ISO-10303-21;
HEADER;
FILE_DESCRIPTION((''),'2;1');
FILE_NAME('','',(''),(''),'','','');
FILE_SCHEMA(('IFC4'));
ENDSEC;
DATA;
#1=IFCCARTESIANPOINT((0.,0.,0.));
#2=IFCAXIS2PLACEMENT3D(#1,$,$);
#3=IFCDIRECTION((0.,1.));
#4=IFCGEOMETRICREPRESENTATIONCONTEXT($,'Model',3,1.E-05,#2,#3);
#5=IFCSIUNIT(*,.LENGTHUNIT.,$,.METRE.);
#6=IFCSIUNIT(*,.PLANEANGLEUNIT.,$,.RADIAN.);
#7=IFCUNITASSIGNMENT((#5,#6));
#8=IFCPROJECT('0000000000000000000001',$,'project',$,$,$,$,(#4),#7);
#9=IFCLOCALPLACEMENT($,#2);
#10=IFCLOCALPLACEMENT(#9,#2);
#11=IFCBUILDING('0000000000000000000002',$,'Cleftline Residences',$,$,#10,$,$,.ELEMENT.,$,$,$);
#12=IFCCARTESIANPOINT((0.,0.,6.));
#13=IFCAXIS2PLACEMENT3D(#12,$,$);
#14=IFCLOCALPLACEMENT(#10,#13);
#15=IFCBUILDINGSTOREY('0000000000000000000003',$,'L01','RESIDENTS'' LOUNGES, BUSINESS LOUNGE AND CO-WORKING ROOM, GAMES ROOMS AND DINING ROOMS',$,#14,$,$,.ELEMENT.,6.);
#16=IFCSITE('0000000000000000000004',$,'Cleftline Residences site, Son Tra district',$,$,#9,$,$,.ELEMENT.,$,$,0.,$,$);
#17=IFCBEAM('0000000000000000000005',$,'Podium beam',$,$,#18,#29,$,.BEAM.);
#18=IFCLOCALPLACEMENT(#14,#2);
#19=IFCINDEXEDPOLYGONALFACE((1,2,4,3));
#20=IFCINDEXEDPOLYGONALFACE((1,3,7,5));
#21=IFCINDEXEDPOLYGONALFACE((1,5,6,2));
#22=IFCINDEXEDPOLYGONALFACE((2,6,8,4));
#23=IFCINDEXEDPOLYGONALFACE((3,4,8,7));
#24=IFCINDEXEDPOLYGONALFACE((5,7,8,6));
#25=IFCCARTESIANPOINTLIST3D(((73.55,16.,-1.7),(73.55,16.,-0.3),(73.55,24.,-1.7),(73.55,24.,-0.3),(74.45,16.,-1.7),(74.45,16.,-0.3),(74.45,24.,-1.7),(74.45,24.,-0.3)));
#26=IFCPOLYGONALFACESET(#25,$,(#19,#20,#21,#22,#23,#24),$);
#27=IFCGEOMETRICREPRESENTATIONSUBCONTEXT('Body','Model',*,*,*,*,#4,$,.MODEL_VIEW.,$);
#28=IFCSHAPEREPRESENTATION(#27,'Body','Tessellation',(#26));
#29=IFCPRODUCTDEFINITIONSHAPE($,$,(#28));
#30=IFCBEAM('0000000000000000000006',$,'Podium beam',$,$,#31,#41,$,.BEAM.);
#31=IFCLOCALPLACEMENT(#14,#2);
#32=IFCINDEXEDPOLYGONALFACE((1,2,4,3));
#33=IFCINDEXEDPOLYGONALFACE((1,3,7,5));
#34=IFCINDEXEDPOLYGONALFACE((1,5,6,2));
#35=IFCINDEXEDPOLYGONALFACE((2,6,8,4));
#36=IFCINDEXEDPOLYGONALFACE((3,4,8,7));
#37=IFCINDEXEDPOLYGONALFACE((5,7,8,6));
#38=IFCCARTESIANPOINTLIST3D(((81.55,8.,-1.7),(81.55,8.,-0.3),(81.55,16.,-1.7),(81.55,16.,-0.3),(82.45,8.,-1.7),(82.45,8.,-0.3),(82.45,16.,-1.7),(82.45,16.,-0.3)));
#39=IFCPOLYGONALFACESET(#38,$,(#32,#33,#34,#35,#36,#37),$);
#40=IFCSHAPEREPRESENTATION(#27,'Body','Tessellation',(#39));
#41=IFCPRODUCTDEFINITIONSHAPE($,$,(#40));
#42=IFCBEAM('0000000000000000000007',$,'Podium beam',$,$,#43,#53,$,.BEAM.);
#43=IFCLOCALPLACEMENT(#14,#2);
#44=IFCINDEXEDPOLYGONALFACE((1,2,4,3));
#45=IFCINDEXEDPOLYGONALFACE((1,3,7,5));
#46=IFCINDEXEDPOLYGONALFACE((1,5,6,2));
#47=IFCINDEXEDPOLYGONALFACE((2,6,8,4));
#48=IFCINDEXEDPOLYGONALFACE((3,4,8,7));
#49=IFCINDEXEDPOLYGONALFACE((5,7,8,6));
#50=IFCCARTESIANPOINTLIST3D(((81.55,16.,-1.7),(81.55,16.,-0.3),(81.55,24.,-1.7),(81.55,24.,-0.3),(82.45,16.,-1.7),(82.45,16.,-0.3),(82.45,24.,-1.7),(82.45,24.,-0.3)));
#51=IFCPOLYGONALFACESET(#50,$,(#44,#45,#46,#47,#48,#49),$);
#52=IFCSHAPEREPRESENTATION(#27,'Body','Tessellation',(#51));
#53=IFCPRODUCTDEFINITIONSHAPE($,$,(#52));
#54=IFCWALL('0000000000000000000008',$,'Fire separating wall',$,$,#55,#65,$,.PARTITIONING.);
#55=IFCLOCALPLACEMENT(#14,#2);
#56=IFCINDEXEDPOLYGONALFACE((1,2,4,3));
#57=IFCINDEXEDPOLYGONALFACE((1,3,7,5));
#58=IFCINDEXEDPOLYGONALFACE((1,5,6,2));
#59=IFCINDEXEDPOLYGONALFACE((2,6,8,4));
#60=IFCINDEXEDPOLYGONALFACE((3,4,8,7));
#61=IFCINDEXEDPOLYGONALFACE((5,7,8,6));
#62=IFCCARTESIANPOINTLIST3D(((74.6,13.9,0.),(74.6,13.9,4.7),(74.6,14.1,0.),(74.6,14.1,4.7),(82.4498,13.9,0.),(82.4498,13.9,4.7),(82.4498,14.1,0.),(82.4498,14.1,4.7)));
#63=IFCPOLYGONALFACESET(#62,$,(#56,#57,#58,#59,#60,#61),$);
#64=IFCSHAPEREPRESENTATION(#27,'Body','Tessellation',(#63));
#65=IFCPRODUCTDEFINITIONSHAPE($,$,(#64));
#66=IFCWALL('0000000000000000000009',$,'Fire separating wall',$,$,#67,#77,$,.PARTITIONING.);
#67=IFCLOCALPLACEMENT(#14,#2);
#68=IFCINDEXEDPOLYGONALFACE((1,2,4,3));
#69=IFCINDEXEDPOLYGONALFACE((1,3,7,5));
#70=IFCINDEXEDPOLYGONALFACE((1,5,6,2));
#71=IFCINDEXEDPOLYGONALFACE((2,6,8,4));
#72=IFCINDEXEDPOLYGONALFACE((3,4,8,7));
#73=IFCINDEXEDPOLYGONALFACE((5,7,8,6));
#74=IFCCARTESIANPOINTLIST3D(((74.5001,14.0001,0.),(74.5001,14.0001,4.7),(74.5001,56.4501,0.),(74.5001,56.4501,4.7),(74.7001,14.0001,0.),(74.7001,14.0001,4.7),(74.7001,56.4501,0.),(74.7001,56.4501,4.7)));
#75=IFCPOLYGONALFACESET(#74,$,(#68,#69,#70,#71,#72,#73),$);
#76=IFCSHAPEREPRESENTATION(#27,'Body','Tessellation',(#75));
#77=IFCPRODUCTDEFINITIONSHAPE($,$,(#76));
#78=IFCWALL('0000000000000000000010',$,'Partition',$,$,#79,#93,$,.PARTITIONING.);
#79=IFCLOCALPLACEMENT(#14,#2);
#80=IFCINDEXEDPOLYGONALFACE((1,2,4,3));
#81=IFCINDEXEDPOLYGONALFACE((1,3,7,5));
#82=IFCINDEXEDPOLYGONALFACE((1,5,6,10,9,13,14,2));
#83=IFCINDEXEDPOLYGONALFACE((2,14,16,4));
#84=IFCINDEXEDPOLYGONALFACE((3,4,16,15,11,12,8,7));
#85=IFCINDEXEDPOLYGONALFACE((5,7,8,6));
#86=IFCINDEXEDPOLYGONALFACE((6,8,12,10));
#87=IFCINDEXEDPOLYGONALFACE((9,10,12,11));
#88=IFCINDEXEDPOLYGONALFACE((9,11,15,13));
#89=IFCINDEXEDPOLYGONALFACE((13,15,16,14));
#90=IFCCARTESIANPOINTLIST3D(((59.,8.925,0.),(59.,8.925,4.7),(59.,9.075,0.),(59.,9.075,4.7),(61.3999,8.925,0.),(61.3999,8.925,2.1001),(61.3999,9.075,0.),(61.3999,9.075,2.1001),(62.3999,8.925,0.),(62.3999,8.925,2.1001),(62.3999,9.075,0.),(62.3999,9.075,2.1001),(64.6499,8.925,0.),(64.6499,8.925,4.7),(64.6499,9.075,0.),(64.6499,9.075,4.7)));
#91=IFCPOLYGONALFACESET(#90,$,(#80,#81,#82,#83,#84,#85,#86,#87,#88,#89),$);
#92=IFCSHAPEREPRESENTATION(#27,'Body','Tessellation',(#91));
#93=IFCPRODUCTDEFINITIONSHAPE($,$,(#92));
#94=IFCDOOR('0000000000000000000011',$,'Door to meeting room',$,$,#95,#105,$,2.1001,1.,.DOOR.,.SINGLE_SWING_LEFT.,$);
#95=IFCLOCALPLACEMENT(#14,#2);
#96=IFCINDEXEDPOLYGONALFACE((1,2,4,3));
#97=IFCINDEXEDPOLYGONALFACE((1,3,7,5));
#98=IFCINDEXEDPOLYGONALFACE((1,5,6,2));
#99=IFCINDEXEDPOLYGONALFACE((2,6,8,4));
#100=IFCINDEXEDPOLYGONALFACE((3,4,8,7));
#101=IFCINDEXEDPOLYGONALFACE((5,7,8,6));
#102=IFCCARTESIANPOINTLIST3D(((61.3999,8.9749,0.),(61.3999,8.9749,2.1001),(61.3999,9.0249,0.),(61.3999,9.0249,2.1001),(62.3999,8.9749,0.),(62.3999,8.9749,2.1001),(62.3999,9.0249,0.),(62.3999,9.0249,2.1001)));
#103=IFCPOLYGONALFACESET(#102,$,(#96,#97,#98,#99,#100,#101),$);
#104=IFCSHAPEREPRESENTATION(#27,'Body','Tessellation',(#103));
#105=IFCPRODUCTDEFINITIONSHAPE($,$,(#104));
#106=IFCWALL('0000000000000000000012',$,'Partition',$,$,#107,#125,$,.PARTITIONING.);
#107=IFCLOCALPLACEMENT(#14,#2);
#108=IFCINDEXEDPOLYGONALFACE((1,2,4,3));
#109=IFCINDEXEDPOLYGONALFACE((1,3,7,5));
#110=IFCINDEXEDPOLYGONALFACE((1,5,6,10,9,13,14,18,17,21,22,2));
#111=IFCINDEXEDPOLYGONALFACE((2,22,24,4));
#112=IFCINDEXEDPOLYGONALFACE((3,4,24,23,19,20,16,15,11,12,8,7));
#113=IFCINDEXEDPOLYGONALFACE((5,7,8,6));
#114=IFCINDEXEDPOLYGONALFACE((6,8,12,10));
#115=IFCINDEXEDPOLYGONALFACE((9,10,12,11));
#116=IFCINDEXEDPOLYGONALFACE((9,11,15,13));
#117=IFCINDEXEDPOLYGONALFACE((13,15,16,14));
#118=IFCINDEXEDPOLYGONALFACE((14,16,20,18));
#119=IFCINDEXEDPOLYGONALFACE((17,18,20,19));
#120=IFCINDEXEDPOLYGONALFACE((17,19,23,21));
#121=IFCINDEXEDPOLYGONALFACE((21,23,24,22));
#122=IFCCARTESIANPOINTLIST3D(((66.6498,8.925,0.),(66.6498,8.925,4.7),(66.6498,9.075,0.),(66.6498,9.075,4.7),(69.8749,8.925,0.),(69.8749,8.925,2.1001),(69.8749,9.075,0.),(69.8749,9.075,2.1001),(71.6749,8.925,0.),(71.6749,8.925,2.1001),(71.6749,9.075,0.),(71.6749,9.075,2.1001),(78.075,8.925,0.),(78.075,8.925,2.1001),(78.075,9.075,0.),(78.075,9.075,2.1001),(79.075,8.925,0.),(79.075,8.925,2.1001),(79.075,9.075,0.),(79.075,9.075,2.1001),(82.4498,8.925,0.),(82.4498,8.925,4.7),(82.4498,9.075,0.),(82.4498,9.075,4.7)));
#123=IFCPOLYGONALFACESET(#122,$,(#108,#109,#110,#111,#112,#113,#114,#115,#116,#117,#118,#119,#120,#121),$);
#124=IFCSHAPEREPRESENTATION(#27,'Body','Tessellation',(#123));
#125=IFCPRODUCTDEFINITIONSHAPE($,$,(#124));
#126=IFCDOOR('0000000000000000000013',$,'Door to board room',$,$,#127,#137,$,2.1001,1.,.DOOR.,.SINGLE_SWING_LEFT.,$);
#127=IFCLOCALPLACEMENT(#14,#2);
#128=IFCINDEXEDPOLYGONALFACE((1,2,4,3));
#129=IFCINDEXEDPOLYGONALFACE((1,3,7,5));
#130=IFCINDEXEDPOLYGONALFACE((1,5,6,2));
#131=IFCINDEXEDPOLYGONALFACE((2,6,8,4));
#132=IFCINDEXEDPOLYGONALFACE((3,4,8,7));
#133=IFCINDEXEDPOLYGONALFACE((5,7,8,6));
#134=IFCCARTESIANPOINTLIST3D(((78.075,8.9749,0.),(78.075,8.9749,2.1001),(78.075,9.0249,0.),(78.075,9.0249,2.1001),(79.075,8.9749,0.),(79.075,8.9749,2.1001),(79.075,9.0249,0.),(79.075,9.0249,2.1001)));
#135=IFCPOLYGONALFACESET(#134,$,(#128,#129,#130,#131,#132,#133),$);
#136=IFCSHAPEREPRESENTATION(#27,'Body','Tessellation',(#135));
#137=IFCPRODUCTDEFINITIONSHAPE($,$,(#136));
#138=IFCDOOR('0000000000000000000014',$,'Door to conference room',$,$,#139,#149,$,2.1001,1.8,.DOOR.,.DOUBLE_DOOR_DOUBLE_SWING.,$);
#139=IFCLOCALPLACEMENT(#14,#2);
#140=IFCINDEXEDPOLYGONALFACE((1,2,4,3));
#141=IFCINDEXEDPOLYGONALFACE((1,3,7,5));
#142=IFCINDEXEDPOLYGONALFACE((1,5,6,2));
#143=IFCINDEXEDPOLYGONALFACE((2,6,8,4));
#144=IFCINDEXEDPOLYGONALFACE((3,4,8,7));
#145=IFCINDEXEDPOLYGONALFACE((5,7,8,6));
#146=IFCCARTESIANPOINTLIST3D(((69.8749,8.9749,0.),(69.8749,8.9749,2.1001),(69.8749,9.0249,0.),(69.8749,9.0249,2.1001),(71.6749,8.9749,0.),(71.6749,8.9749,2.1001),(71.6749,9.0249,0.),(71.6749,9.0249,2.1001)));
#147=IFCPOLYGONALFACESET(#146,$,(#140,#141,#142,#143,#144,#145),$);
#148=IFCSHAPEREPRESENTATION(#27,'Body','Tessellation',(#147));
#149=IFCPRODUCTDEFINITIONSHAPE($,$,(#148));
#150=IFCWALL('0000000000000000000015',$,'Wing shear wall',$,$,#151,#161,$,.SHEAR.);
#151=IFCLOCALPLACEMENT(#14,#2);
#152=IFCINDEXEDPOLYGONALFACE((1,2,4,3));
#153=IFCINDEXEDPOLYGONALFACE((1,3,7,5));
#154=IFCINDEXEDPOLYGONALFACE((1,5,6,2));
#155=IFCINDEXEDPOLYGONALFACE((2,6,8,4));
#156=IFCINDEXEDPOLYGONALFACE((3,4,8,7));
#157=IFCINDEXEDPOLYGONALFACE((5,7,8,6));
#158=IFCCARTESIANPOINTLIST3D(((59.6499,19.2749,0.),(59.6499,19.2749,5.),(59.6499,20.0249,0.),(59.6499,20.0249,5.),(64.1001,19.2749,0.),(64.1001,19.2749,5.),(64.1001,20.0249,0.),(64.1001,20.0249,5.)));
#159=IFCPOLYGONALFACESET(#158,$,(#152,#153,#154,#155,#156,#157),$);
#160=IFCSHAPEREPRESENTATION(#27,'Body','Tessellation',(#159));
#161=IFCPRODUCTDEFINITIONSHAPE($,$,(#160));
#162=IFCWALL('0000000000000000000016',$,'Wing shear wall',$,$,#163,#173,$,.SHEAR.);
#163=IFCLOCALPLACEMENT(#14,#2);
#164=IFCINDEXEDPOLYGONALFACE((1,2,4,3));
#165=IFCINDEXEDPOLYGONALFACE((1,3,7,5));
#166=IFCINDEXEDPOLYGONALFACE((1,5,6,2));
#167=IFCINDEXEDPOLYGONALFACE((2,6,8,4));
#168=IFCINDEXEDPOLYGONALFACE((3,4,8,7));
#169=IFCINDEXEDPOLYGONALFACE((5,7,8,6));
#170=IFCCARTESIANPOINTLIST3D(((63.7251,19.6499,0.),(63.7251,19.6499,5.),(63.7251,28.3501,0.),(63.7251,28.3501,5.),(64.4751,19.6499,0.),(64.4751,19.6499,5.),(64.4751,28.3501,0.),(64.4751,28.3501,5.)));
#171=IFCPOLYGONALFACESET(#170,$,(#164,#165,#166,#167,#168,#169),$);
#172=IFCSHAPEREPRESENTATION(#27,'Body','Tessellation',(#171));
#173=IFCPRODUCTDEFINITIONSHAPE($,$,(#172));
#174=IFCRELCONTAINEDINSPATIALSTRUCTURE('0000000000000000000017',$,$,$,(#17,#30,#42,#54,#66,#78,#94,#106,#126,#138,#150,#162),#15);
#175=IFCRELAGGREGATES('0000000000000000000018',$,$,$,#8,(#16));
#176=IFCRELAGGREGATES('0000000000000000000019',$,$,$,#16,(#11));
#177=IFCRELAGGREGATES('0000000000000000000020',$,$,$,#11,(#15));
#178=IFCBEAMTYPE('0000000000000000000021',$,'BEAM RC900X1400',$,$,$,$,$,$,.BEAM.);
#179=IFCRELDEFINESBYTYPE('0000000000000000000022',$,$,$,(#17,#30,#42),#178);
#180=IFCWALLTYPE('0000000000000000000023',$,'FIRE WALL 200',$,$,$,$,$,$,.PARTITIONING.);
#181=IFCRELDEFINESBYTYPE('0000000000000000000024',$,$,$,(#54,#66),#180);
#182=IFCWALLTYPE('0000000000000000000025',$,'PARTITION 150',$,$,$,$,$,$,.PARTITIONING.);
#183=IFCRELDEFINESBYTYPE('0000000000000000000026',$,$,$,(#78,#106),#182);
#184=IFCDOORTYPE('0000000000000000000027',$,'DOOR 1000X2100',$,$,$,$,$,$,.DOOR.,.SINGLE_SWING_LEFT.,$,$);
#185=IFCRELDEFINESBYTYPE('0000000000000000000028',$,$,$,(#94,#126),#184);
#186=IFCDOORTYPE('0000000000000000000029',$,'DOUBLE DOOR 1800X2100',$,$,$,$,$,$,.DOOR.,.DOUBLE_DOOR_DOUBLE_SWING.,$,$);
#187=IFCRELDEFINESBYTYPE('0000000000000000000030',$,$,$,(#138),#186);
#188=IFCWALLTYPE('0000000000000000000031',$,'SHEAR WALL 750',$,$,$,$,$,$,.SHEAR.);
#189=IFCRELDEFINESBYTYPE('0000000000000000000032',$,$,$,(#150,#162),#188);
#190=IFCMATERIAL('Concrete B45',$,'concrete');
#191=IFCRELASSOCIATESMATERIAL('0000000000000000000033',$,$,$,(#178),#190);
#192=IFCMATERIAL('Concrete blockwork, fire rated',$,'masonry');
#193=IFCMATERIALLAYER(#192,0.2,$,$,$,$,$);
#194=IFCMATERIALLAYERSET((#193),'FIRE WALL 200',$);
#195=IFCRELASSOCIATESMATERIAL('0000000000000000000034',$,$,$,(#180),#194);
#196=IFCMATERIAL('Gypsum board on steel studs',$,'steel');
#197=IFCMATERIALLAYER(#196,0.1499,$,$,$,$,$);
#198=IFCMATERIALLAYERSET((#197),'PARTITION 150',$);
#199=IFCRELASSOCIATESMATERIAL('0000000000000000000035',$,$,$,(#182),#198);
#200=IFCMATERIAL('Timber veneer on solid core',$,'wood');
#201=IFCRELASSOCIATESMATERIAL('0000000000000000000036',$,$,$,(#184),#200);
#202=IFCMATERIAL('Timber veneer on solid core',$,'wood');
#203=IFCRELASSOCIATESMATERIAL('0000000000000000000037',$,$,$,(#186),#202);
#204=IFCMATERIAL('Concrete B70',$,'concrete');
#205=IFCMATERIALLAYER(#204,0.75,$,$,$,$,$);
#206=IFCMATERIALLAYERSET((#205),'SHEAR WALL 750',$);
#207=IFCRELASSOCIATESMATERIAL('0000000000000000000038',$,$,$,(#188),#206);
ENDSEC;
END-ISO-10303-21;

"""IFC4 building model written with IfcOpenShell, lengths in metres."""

from ifc_helpers import new_model, si_unit, direction, frame, frame_2d, origin, origin_2d, place, context, subcontext, project, spatial, rectangle, extrude, material, layer, layer_set, material_profile, profile_set, type_object, element, fill, save


model = new_model("IFC4")

# Units and contexts
model_context = context("Model", 3, precision=1e-05, world=origin(), true_north=direction((0.0, 1.0)))
body_context = subcontext(model_context, "Body", "Model", "MODEL_VIEW")
ifc_project = project(units=[si_unit("LENGTHUNIT", "METRE"), si_unit("PLANEANGLEUNIT", "RADIAN")], contexts=[model_context])

# Site, building, storey
site_placement = place(None, origin())
site = spatial("IfcSite", under=ifc_project, at=site_placement, Name="Cleftline Residences site, Son Tra district", CompositionType="ELEMENT", RefElevation=0.0)
building_placement = place(site_placement, origin())
building = spatial("IfcBuilding", under=site, at=building_placement, Name="Cleftline Residences", CompositionType="ELEMENT")
storey_placement = place(building_placement, frame((0.0, 0.0, 6.0)))
storey = spatial("IfcBuildingStorey", under=building, at=storey_placement, Name="L01", Description="RESIDENTS' LOUNGES, BUSINESS LOUNGE AND CO-WORKING ROOM, GAMES ROOMS AND DINING ROOMS", CompositionType="ELEMENT", Elevation=6.0)

# Beams
ifc_material_1 = material(Name="Concrete B45", Category="concrete")
ifc_material_profile_1 = material_profile(ifc_material_1, rectangle(XDim=0.8999, YDim=1.3999, at=origin_2d()))
ifc_profile_set_1 = profile_set([ifc_material_profile_1], Name="Concrete B45")
beam_type = type_object("IfcBeamType", Name="BEAM RC900X1400", PredefinedType="BEAM", material=ifc_profile_set_1)
for number, where, z_axis, x_axis, name in (
    (1, (74.0, 16.0, -1.0), (0.0, 1.0, 0.0), (-1.0, 0.0, 0.0), "Podium beam"),
    (2, (82.0, 8.0, -1.0), (0.0, 1.0, 0.0), (-1.0, 0.0, 0.0), "Podium beam"),
    (3, (82.0, 16.0, -1.0), (0.0, 1.0, 0.0), (-1.0, 0.0, 0.0), "Podium beam"),
):
    element("IfcBeam", number, at=place(storey_placement, frame(where, z_axis=z_axis, x_axis=x_axis)), inside=storey, type_object=beam_type, Name=name, PredefinedType="BEAM", context=body_context, shape_type="SweptSolid", body=[
        extrude(rectangle(XDim=0.8999, YDim=1.3999, at=origin_2d()), origin(), (0.0, 0.0, 1.0), 8.0),
    ])

# Walls
ifc_material_2 = material(Name="Concrete blockwork, fire rated", Category="masonry")
ifc_layer_1 = layer(ifc_material_2, 0.2)
ifc_layer_set_1 = layer_set([ifc_layer_1], Name="FIRE WALL 200")
wall_type_1 = type_object("IfcWallType", Name="FIRE WALL 200", PredefinedType="PARTITIONING", material=ifc_layer_set_1)
wall_1_placement = place(storey_placement, frame((74.6001, 14.0, 0.0), z_axis=(0.0, 0.0, 1.0), x_axis=(1.0, 0.0, 0.0)))
element("IfcWall", 4, at=wall_1_placement, inside=storey, type_object=wall_type_1, Name="Fire separating wall", PredefinedType="PARTITIONING", context=body_context, shape_type="SweptSolid", body=[
    extrude(rectangle(XDim=7.8499, YDim=0.2, at=frame_2d((3.9248, 0.0))), origin(), (0.0, 0.0, 1.0), 4.7),
])
wall_2_placement = place(storey_placement, frame((74.6001, 14.0, 0.0), z_axis=(0.0, 0.0, 1.0), x_axis=(0.0, 1.0, 0.0)))
element("IfcWall", 5, at=wall_2_placement, inside=storey, type_object=wall_type_1, Name="Fire separating wall", PredefinedType="PARTITIONING", context=body_context, shape_type="SweptSolid", body=[
    extrude(rectangle(XDim=42.45, YDim=0.2, at=frame_2d((21.2251, 0.0))), origin(), (0.0, 0.0, 1.0), 4.7),
])

# Wall, opening, door
ifc_material_3 = material(Name="Gypsum board on steel studs", Category="steel")
ifc_layer_2 = layer(ifc_material_3, 0.1499)
ifc_layer_set_2 = layer_set([ifc_layer_2], Name="PARTITION 150")
wall_type_2 = type_object("IfcWallType", Name="PARTITION 150", PredefinedType="PARTITIONING", material=ifc_layer_set_2)
wall_3_placement = place(storey_placement, frame((59.0, 9.0, 0.0), z_axis=(0.0, 0.0, 1.0), x_axis=(1.0, 0.0, 0.0)))
wall_3 = element("IfcWall", 6, at=wall_3_placement, inside=storey, type_object=wall_type_2, Name="Partition", PredefinedType="PARTITIONING", context=body_context, shape_type="SweptSolid", body=[
    extrude(rectangle(XDim=5.6499, YDim=0.1499, at=frame_2d((2.825, 0.0))), origin(), (0.0, 0.0, 1.0), 4.7),
])
opening_1_placement = place(wall_3_placement, frame((2.3999, 0.0, 0.0)))
opening_1 = element("IfcOpeningElement", 7, at=opening_1_placement, cuts=wall_3, PredefinedType="OPENING", context=body_context, shape_type="SweptSolid", body=[
    extrude(rectangle(XDim=1.0, YDim=2.1001, at=frame_2d((0.5, 1.05))), frame((0.0, 0.085, 0.0), z_axis=(0.0, -1.0, 0.0), x_axis=(1.0, 0.0, 0.0)), (0.0, 0.0, 1.0), 0.1699),
])
ifc_material_4 = material(Name="Timber veneer on solid core", Category="wood")
door_type_1 = type_object("IfcDoorType", Name="DOOR 1000X2100", OperationType="SINGLE_SWING_LEFT", PredefinedType="DOOR", material=ifc_material_4)
door_1_placement = place(opening_1_placement, origin())
door_1 = element("IfcDoor", 8, at=door_1_placement, inside=storey, type_object=door_type_1, Name="Door to meeting room", OperationType="SINGLE_SWING_LEFT", OverallHeight=2.1001, OverallWidth=1.0, PredefinedType="DOOR", context=body_context, shape_type="SweptSolid", body=[
    extrude(rectangle(XDim=1.0, YDim=2.1001, at=frame_2d((0.5, 1.05))), frame((0.0, 0.0249, 0.0), z_axis=(0.0, -1.0, 0.0), x_axis=(1.0, 0.0, 0.0)), (0.0, 0.0, 1.0), 0.05),
])
fill(opening_1, door_1)

# Wall, openings, doors
wall_4_placement = place(storey_placement, frame((66.6499, 9.0, 0.0), z_axis=(0.0, 0.0, 1.0), x_axis=(1.0, 0.0, 0.0)))
wall_4 = element("IfcWall", 9, at=wall_4_placement, inside=storey, type_object=wall_type_2, Name="Partition", PredefinedType="PARTITIONING", context=body_context, shape_type="SweptSolid", body=[
    extrude(rectangle(XDim=15.8, YDim=0.1499, at=frame_2d((7.8999, 0.0))), origin(), (0.0, 0.0, 1.0), 4.7),
])
opening_2_placement = place(wall_4_placement, frame((3.2251, 0.0, 0.0)))
opening_2 = element("IfcOpeningElement", 10, at=opening_2_placement, cuts=wall_4, PredefinedType="OPENING", context=body_context, shape_type="SweptSolid", body=[
    extrude(rectangle(XDim=1.8, YDim=2.1001, at=frame_2d((0.8999, 1.05))), frame((0.0, 0.085, 0.0), z_axis=(0.0, -1.0, 0.0), x_axis=(1.0, 0.0, 0.0)), (0.0, 0.0, 1.0), 0.1699),
])
opening_3_placement = place(wall_4_placement, frame((11.425, 0.0, 0.0)))
opening_3 = element("IfcOpeningElement", 11, at=opening_3_placement, cuts=wall_4, PredefinedType="OPENING", context=body_context, shape_type="SweptSolid", body=[
    extrude(rectangle(XDim=1.0, YDim=2.1001, at=frame_2d((0.5, 1.05))), frame((0.0, 0.085, 0.0), z_axis=(0.0, -1.0, 0.0), x_axis=(1.0, 0.0, 0.0)), (0.0, 0.0, 1.0), 0.1699),
])
door_2_placement = place(opening_3_placement, origin())
door_2 = element("IfcDoor", 12, at=door_2_placement, inside=storey, type_object=door_type_1, Name="Door to board room", OperationType="SINGLE_SWING_LEFT", OverallHeight=2.1001, OverallWidth=1.0, PredefinedType="DOOR", context=body_context, shape_type="SweptSolid", body=[
    extrude(rectangle(XDim=1.0, YDim=2.1001, at=frame_2d((0.5, 1.05))), frame((0.0, 0.0249, 0.0), z_axis=(0.0, -1.0, 0.0), x_axis=(1.0, 0.0, 0.0)), (0.0, 0.0, 1.0), 0.05),
])
fill(opening_3, door_2)
ifc_material_5 = material(Name="Timber veneer on solid core", Category="wood")
door_type_2 = type_object("IfcDoorType", Name="DOUBLE DOOR 1800X2100", OperationType="DOUBLE_DOOR_DOUBLE_SWING", PredefinedType="DOOR", material=ifc_material_5)
door_3_placement = place(opening_2_placement, origin())
door_3 = element("IfcDoor", 13, at=door_3_placement, inside=storey, type_object=door_type_2, Name="Door to conference room", OperationType="DOUBLE_DOOR_DOUBLE_SWING", OverallHeight=2.1001, OverallWidth=1.8, PredefinedType="DOOR", context=body_context, shape_type="SweptSolid", body=[
    extrude(rectangle(XDim=1.8, YDim=2.1001, at=frame_2d((0.8999, 1.05))), frame((0.0, 0.0249, 0.0), z_axis=(0.0, -1.0, 0.0), x_axis=(1.0, 0.0, 0.0)), (0.0, 0.0, 1.0), 0.05),
])
fill(opening_2, door_3)

# Walls
ifc_material_6 = material(Name="Concrete B70", Category="concrete")
ifc_layer_3 = layer(ifc_material_6, 0.75)
ifc_layer_set_3 = layer_set([ifc_layer_3], Name="SHEAR WALL 750")
wall_type_3 = type_object("IfcWallType", Name="SHEAR WALL 750", PredefinedType="SHEAR", material=ifc_layer_set_3)
wall_5_placement = place(storey_placement, frame((59.6499, 19.6499, 0.0), z_axis=(0.0, 0.0, 1.0), x_axis=(1.0, 0.0, 0.0)))
element("IfcWall", 14, at=wall_5_placement, inside=storey, type_object=wall_type_3, Name="Wing shear wall", PredefinedType="SHEAR", context=body_context, shape_type="SweptSolid", body=[
    extrude(rectangle(XDim=4.4502, YDim=0.75, at=frame_2d((2.2251, 0.0))), origin(), (0.0, 0.0, 1.0), 5.0),
])
wall_6_placement = place(storey_placement, frame((64.1001, 19.6499, 0.0), z_axis=(0.0, 0.0, 1.0), x_axis=(0.0, 1.0, 0.0)))
element("IfcWall", 15, at=wall_6_placement, inside=storey, type_object=wall_type_3, Name="Wing shear wall", PredefinedType="SHEAR", context=body_context, shape_type="SweptSolid", body=[
    extrude(rectangle(XDim=8.7002, YDim=0.75, at=frame_2d((4.3501, 0.0))), origin(), (0.0, 0.0, 1.0), 5.0),
])

save(model, "model.ifc")
